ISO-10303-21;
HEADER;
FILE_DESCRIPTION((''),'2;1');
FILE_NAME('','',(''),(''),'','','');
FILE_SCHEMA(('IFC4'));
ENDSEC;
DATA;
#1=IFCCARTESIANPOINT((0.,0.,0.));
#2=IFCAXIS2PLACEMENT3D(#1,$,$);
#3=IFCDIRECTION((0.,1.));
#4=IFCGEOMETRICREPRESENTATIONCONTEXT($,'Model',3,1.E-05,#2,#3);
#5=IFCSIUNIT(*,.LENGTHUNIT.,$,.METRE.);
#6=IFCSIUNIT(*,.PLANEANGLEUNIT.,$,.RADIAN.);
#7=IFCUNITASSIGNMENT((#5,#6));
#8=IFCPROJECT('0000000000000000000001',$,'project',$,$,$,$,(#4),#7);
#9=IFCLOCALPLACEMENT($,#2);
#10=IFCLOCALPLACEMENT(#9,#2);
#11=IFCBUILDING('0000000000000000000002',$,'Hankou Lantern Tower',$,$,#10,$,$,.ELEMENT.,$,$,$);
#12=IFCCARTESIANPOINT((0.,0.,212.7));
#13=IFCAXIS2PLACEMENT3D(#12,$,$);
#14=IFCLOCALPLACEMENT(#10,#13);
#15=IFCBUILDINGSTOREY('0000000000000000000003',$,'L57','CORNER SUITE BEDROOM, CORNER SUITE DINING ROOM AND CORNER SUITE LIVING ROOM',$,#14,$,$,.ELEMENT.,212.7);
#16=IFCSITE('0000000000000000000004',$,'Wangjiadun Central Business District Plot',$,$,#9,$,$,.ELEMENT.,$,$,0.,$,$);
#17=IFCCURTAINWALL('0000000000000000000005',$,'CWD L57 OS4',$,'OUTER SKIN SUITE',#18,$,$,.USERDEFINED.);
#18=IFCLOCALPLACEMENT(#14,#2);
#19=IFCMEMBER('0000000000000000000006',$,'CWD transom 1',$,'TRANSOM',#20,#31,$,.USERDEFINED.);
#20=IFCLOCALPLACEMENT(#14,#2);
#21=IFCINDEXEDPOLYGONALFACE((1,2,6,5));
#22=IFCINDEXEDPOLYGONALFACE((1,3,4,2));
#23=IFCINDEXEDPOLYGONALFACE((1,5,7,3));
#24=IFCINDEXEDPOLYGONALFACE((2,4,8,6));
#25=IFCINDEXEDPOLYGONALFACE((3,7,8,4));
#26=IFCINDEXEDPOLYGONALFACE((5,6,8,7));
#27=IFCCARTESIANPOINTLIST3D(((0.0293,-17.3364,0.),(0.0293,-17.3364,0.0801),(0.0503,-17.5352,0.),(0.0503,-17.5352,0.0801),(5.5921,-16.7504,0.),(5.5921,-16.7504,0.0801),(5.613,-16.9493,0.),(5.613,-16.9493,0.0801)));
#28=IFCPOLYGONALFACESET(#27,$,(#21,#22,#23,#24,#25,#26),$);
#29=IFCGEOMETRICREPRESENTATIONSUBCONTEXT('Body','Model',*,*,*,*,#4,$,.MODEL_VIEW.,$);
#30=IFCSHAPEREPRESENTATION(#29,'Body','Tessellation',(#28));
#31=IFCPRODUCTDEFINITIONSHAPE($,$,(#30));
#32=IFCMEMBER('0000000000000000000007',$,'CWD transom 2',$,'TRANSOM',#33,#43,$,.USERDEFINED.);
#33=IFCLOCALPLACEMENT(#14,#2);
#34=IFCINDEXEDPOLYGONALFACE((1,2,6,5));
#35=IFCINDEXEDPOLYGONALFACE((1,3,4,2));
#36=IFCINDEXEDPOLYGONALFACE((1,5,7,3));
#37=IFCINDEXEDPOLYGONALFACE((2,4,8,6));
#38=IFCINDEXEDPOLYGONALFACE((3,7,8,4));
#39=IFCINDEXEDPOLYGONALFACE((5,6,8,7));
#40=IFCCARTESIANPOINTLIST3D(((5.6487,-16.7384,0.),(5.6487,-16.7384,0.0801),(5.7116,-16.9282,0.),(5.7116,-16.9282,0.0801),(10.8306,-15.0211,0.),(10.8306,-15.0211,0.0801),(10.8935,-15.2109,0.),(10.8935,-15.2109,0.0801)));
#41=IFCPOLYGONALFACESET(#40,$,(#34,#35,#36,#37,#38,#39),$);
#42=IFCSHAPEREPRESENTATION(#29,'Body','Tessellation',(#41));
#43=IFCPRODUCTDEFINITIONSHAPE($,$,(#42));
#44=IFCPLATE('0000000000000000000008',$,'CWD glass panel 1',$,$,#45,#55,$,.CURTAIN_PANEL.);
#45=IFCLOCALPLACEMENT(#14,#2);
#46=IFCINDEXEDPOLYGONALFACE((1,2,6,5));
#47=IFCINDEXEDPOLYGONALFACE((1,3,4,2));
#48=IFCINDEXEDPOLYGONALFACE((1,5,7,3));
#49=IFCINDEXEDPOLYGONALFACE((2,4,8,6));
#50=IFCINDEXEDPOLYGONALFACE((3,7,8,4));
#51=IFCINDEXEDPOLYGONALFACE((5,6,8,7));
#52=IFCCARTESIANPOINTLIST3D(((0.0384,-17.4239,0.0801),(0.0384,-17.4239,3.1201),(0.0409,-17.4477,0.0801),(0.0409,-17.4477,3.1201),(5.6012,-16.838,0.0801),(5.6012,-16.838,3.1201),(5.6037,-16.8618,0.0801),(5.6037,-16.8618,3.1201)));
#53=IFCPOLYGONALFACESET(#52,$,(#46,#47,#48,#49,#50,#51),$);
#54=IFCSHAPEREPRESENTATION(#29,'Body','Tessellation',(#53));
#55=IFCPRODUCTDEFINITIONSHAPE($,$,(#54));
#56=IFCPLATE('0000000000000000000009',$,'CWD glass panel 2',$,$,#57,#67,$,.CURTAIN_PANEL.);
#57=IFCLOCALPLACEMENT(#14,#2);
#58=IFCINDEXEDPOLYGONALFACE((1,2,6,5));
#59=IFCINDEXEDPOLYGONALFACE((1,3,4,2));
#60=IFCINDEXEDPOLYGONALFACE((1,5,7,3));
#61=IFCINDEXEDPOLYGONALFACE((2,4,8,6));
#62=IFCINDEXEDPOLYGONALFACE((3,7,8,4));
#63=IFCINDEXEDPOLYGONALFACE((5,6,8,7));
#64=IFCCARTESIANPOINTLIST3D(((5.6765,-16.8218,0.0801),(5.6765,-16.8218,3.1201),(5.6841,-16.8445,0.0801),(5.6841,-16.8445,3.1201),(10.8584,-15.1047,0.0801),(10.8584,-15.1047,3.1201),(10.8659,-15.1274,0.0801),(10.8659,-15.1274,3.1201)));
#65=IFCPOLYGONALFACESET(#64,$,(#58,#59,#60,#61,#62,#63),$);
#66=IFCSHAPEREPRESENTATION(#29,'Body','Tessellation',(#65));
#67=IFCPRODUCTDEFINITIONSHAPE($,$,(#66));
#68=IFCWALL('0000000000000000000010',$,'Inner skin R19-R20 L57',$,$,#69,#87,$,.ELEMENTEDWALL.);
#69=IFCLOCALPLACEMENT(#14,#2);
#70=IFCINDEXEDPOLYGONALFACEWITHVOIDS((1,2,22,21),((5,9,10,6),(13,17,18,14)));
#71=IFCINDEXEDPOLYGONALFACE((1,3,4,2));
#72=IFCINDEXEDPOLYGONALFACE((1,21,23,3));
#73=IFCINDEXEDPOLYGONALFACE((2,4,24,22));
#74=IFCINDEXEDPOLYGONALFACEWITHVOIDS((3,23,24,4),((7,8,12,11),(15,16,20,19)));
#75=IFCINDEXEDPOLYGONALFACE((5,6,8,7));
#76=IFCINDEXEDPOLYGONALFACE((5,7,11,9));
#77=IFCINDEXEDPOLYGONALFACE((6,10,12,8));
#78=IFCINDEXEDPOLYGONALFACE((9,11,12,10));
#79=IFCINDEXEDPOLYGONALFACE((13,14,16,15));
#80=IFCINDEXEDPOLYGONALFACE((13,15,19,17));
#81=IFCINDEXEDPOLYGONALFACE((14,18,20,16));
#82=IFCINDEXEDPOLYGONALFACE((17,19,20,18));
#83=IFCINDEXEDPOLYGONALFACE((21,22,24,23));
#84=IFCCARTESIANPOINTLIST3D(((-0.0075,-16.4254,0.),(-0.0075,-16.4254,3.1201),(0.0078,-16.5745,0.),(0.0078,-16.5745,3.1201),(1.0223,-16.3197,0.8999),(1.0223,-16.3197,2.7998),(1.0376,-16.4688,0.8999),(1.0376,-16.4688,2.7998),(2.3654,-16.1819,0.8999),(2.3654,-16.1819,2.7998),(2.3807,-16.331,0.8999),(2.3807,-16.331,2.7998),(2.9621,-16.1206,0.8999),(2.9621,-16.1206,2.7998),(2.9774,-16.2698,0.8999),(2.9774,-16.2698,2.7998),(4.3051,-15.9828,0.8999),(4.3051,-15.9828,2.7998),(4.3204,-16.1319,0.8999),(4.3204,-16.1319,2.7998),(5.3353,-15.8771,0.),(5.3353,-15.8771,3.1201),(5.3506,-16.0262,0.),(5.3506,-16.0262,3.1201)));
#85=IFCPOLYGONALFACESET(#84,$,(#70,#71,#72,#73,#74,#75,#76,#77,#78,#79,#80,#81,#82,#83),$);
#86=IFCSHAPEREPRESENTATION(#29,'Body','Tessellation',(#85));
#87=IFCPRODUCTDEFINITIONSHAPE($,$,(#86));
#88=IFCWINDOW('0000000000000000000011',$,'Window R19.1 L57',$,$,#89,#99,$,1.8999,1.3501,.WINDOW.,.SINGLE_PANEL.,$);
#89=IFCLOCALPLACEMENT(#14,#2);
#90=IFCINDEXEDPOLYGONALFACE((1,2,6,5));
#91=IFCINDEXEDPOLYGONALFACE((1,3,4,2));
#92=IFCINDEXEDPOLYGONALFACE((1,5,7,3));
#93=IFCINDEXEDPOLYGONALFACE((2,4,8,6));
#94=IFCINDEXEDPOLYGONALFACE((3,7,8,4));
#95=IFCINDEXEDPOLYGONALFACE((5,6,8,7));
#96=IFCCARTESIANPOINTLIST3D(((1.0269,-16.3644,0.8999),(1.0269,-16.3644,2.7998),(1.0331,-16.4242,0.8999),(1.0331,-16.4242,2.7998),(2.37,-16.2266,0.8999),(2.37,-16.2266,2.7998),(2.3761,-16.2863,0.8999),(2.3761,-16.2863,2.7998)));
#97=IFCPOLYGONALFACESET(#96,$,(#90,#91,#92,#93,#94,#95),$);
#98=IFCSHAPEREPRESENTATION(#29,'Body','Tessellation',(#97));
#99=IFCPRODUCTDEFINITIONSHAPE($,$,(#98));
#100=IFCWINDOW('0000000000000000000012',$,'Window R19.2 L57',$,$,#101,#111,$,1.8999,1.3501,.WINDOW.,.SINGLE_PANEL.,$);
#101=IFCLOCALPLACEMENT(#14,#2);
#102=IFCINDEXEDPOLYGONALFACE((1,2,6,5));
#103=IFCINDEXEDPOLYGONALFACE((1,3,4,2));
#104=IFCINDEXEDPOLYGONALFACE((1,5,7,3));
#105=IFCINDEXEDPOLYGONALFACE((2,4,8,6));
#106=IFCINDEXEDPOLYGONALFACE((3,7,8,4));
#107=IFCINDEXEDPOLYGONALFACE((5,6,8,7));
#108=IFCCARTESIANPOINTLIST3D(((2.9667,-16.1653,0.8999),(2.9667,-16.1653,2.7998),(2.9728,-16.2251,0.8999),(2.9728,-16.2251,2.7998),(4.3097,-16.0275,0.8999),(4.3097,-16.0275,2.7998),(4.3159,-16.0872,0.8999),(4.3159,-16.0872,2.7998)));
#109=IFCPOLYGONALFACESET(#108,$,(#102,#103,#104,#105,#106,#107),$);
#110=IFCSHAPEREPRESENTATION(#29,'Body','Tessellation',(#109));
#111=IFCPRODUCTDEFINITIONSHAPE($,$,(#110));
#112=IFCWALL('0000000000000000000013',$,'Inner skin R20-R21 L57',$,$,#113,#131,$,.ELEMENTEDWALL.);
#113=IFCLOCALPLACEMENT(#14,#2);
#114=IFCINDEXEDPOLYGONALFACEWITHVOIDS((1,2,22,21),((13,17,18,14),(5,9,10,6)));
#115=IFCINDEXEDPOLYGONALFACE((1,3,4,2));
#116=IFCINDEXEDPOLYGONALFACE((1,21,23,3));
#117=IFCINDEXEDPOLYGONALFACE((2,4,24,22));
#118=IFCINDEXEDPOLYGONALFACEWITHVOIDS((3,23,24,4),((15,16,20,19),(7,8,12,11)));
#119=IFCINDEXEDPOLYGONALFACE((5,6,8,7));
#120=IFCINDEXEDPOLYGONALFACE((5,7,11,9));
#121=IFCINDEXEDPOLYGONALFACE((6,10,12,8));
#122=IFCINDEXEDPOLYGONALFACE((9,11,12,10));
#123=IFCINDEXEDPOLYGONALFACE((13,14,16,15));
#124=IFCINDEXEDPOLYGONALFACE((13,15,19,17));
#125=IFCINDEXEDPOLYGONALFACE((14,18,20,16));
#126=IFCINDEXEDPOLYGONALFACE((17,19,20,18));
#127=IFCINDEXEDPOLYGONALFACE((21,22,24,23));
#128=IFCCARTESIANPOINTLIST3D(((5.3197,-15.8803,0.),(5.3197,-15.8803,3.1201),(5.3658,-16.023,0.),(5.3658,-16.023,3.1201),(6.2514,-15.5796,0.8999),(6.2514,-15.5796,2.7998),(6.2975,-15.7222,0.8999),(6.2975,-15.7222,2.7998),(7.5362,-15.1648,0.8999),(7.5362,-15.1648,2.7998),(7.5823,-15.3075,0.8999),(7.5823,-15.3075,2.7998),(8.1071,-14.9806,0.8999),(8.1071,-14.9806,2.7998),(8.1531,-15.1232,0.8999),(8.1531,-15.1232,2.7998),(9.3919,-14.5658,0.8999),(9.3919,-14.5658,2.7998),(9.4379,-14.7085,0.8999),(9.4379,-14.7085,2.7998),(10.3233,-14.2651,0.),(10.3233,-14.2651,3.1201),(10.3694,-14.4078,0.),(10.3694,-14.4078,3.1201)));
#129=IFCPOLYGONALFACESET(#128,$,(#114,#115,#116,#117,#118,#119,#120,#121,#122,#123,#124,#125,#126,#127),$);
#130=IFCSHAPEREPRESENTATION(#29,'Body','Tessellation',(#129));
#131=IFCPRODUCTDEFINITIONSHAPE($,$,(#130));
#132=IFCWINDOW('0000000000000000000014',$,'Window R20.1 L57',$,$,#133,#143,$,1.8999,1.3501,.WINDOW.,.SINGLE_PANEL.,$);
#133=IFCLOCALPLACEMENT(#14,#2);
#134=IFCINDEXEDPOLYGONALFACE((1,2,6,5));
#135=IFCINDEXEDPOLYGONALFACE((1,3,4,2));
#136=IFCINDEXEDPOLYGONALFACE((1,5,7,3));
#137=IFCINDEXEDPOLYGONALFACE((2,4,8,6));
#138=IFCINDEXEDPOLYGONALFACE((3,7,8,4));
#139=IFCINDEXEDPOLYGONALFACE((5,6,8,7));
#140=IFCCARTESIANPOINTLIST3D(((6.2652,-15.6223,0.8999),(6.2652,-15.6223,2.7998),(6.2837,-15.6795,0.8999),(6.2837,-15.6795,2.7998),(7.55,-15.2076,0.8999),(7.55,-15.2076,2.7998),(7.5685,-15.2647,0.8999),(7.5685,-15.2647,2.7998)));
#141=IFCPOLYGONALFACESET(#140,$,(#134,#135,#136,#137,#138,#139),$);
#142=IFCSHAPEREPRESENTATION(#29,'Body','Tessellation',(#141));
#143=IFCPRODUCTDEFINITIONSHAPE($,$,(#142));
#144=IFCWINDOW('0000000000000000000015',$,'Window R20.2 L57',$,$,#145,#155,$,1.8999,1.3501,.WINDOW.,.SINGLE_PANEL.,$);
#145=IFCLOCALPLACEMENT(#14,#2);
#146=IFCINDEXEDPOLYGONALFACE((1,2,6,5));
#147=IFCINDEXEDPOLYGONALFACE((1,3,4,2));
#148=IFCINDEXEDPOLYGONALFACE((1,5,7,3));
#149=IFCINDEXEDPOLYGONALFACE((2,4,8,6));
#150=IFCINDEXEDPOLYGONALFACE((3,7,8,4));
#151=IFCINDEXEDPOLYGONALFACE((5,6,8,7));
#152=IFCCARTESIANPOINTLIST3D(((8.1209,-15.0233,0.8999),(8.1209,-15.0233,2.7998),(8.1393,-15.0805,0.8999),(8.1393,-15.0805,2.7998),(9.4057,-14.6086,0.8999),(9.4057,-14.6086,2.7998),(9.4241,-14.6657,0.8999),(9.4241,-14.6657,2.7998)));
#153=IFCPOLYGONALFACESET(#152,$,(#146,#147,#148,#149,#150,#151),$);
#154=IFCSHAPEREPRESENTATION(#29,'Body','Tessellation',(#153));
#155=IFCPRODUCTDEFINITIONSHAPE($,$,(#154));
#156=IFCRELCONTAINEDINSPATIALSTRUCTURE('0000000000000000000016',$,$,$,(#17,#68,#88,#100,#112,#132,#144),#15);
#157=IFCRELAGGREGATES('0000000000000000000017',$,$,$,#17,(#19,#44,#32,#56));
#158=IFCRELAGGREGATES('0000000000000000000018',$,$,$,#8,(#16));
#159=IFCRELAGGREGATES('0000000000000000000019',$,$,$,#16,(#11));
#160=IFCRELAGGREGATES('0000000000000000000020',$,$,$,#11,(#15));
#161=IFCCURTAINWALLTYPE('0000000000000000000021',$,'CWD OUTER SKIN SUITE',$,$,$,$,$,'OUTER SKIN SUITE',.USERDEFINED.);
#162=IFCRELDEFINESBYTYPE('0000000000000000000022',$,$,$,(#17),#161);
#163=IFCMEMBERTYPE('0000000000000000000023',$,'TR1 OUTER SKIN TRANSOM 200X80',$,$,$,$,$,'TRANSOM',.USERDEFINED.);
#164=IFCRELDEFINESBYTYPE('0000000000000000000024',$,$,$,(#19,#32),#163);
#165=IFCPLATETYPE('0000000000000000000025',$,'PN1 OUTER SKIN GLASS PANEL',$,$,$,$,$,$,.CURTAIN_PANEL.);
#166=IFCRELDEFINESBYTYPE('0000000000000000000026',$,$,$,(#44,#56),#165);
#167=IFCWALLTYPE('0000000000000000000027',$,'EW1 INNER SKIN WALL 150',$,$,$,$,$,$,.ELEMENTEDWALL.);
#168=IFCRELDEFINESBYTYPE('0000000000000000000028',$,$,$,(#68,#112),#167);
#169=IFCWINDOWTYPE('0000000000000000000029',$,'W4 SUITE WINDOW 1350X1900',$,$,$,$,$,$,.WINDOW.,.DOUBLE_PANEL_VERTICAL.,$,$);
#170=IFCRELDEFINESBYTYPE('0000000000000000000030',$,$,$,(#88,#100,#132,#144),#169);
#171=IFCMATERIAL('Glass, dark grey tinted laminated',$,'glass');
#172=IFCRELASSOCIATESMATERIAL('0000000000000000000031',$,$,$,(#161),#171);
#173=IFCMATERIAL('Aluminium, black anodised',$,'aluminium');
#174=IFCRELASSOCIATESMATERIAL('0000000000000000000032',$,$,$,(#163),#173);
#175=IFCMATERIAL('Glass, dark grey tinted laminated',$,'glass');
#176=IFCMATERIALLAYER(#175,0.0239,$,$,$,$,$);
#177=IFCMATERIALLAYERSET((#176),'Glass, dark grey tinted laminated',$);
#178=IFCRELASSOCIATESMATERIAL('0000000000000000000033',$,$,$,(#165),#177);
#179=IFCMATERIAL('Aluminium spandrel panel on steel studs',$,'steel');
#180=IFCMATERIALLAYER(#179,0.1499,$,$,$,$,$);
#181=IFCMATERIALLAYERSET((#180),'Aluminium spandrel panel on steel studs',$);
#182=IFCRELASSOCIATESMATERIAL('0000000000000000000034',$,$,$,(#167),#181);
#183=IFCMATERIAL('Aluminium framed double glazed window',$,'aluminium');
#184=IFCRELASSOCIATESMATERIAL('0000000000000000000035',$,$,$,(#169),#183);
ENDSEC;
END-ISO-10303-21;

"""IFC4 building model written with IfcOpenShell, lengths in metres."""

from ifc_helpers import new_model, si_unit, direction, frame, frame_2d, origin, origin_2d, place, context, subcontext, project, spatial, rectangle, extrude, material, layer, layer_set, material_profile, profile_set, type_object, element, fill, aggregate, save


model = new_model("IFC4")

# Units and contexts
model_context = context("Model", 3, precision=1e-05, world=origin(), true_north=direction((0.0, 1.0)))
body_context = subcontext(model_context, "Body", "Model", "MODEL_VIEW")
ifc_project = project(units=[si_unit("LENGTHUNIT", "METRE"), si_unit("PLANEANGLEUNIT", "RADIAN")], contexts=[model_context])

# Site, building, storey
site_placement = place(None, origin())
site = spatial("IfcSite", under=ifc_project, at=site_placement, Name="Wangjiadun Central Business District Plot", CompositionType="ELEMENT", RefElevation=0.0)
building_placement = place(site_placement, origin())
building = spatial("IfcBuilding", under=site, at=building_placement, Name="Hankou Lantern Tower", CompositionType="ELEMENT")
storey_placement = place(building_placement, frame((0.0, 0.0, 212.7)))
storey = spatial("IfcBuildingStorey", under=building, at=storey_placement, Name="L57", Description="CORNER SUITE BEDROOM, CORNER SUITE DINING ROOM AND CORNER SUITE LIVING ROOM", CompositionType="ELEMENT", Elevation=212.7)

# Curtain wall
ifc_material_1 = material(Name="Glass, dark grey tinted laminated", Category="glass")
curtain_wall_type = type_object("IfcCurtainWallType", Name="CWD OUTER SKIN SUITE", ElementType="OUTER SKIN SUITE", PredefinedType="USERDEFINED", material=ifc_material_1)
curtain_wall_placement = place(storey_placement, origin())
curtain_wall = element("IfcCurtainWall", 1, at=curtain_wall_placement, inside=storey, type_object=curtain_wall_type, Name="CWD L57 OS4", ObjectType="OUTER SKIN SUITE", PredefinedType="USERDEFINED")

# Members
ifc_material_2 = material(Name="Aluminium, black anodised", Category="aluminium")
ifc_material_profile_1 = material_profile(ifc_material_2, rectangle(XDim=0.2, YDim=0.0801, at=origin_2d()), Name="TR1 200X80")
ifc_profile_set_1 = profile_set([ifc_material_profile_1], Name="Aluminium, black anodised")
member_type_1 = type_object("IfcMemberType", Name="TR1 OUTER SKIN TRANSOM 200X80", ElementType="TRANSOM", PredefinedType="USERDEFINED", material=ifc_profile_set_1)
member_1_placement = place(storey_placement, frame((0.0398, -17.4358, 0.04), z_axis=(0.994498, 0.104753, 0.0), x_axis=(-0.104753, 0.994498, 0.0)))
member_1 = element("IfcMember", 2, at=member_1_placement, type_object=member_type_1, Name="CWD transom 1", ObjectType="TRANSOM", PredefinedType="USERDEFINED", context=body_context, shape_type="SweptSolid", body=[
    extrude(rectangle(XDim=0.2, YDim=0.0801, at=origin_2d()), origin(), (0.0, 0.0, 1.0), 5.5935),
])
member_2_placement = place(storey_placement, frame((5.6802, -16.8333, 0.04), z_axis=(0.949232, 0.314577, 0.0), x_axis=(-0.314577, 0.949232, 0.0)))
member_2 = element("IfcMember", 3, at=member_2_placement, type_object=member_type_1, Name="CWD transom 2", ObjectType="TRANSOM", PredefinedType="USERDEFINED", context=body_context, shape_type="SweptSolid", body=[
    extrude(rectangle(XDim=0.2, YDim=0.0801, at=origin_2d()), origin(), (0.0, 0.0, 1.0), 5.459),
])

# Plates
ifc_material_3 = material(Name="Glass, dark grey tinted laminated", Category="glass")
ifc_layer_1 = layer(ifc_material_3, 0.0239)
ifc_layer_set_1 = layer_set([ifc_layer_1], Name="Glass, dark grey tinted laminated")
plate_type = type_object("IfcPlateType", Name="PN1 OUTER SKIN GLASS PANEL", PredefinedType="CURTAIN_PANEL", material=ifc_layer_set_1)
plate_1_placement = place(storey_placement, frame((2.821, -17.1428, 0.0801), z_axis=(0.0, 0.0, 1.0), x_axis=(0.994499, 0.104743, 0.0)))
plate_1 = element("IfcPlate", 4, at=plate_1_placement, type_object=plate_type, Name="CWD glass panel 1", PredefinedType="CURTAIN_PANEL", context=body_context, shape_type="SweptSolid", body=[
    extrude(rectangle(XDim=5.5935, YDim=0.0239, at=origin_2d()), origin(), (0.0, 0.0, 1.0), 3.04),
])
plate_2_placement = place(storey_placement, frame((8.2712, -15.9746, 0.0801), z_axis=(0.0, 0.0, 1.0), x_axis=(0.949241, 0.314551, 0.0)))
plate_2 = element("IfcPlate", 5, at=plate_2_placement, type_object=plate_type, Name="CWD glass panel 2", PredefinedType="CURTAIN_PANEL", context=body_context, shape_type="SweptSolid", body=[
    extrude(rectangle(XDim=5.459, YDim=0.0239, at=origin_2d()), origin(), (0.0, 0.0, 1.0), 3.04),
])
aggregate(curtain_wall, [member_1, plate_1, member_2, plate_2])

# Walls, openings, windows
ifc_material_4 = material(Name="Aluminium spandrel panel on steel studs", Category="steel")
ifc_layer_2 = layer(ifc_material_4, 0.1499)
ifc_layer_set_2 = layer_set([ifc_layer_2], Name="Aluminium spandrel panel on steel studs")
wall_type_1 = type_object("IfcWallType", Name="EW1 INNER SKIN WALL 150", PredefinedType="ELEMENTEDWALL", material=ifc_layer_set_2)
wall_1_placement = place(storey_placement, frame((0.0, -16.5, 0.0), z_axis=(0.0, 0.0, 1.0), x_axis=(0.994775, 0.102096, 0.0)))
wall_1 = element("IfcWall", 6, at=wall_1_placement, inside=storey, type_object=wall_type_1, Name="Inner skin R19-R20 L57", PredefinedType="ELEMENTEDWALL", context=body_context, shape_type="SweptSolid", body=[
    extrude(rectangle(XDim=5.3708, YDim=0.1499, at=frame_2d((2.6855, 0.0))), origin(), (0.0, 0.0, 1.0), 3.1201),
])
opening_1_placement = place(wall_1_placement, frame((1.0354, 0.0, 0.8999)))
opening_1 = element("IfcOpeningElement", 7, at=opening_1_placement, cuts=wall_1, PredefinedType="OPENING", context=body_context, shape_type="SweptSolid", body=[
    extrude(rectangle(XDim=1.3501, YDim=1.8999, at=frame_2d((0.675, 0.95))), frame((0.0, 0.085, 0.0), z_axis=(0.0, -1.0, 0.0), x_axis=(1.0, 0.0, 0.0)), (0.0, 0.0, 1.0), 0.1699),
])
opening_2_placement = place(wall_1_placement, frame((2.9854, 0.0, 0.8999)))
opening_2 = element("IfcOpeningElement", 8, at=opening_2_placement, cuts=wall_1, PredefinedType="OPENING", context=body_context, shape_type="SweptSolid", body=[
    extrude(rectangle(XDim=1.3501, YDim=1.8999, at=frame_2d((0.675, 0.95))), frame((0.0, 0.085, 0.0), z_axis=(0.0, -1.0, 0.0), x_axis=(1.0, 0.0, 0.0)), (0.0, 0.0, 1.0), 0.1699),
])
ifc_material_5 = material(Name="Aluminium framed double glazed window", Category="aluminium")
window_type = type_object("IfcWindowType", Name="W4 SUITE WINDOW 1350X1900", PartitioningType="DOUBLE_PANEL_VERTICAL", PredefinedType="WINDOW", material=ifc_material_5)
window_1_placement = place(opening_1_placement, origin())
window_1 = element("IfcWindow", 9, at=window_1_placement, inside=storey, type_object=window_type, Name="Window R19.1 L57", OverallHeight=1.8999, OverallWidth=1.3501, PartitioningType="SINGLE_PANEL", PredefinedType="WINDOW", context=body_context, shape_type="SweptSolid", body=[
    extrude(rectangle(XDim=1.3501, YDim=1.8999, at=frame_2d((0.675, 0.95))), frame((0.0, 0.03, 0.0), z_axis=(0.0, -1.0, 0.0), x_axis=(1.0, 0.0, 0.0)), (0.0, 0.0, 1.0), 0.0601),
])
fill(opening_1, window_1)
window_2_placement = place(opening_2_placement, origin())
window_2 = element("IfcWindow", 10, at=window_2_placement, inside=storey, type_object=window_type, Name="Window R19.2 L57", OverallHeight=1.8999, OverallWidth=1.3501, PartitioningType="SINGLE_PANEL", PredefinedType="WINDOW", context=body_context, shape_type="SweptSolid", body=[
    extrude(rectangle(XDim=1.3501, YDim=1.8999, at=frame_2d((0.675, 0.95))), frame((0.0, 0.03, 0.0), z_axis=(0.0, -1.0, 0.0), x_axis=(1.0, 0.0, 0.0)), (0.0, 0.0, 1.0), 0.0601),
])
fill(opening_2, window_2)
wall_2_placement = place(storey_placement, frame((5.3428, -15.9517, 0.0), z_axis=(0.0, 0.0, 1.0), x_axis=(0.951645, 0.307201, 0.0)))
wall_2 = element("IfcWall", 11, at=wall_2_placement, inside=storey, type_object=wall_type_1, Name="Inner skin R20-R21 L57", PredefinedType="ELEMENTEDWALL", context=body_context, shape_type="SweptSolid", body=[
    extrude(rectangle(XDim=5.2578, YDim=0.1499, at=frame_2d((2.6289, 0.0))), origin(), (0.0, 0.0, 1.0), 3.1201),
])
opening_3_placement = place(wall_2_placement, frame((0.979, 0.0, 0.8999)))
opening_3 = element("IfcOpeningElement", 12, at=opening_3_placement, cuts=wall_2, PredefinedType="OPENING", context=body_context, shape_type="SweptSolid", body=[
    extrude(rectangle(XDim=1.3501, YDim=1.8999, at=frame_2d((0.675, 0.95))), frame((0.0, 0.085, 0.0), z_axis=(0.0, -1.0, 0.0), x_axis=(1.0, 0.0, 0.0)), (0.0, 0.0, 1.0), 0.1699),
])
opening_4_placement = place(wall_2_placement, frame((2.929, 0.0, 0.8999)))
opening_4 = element("IfcOpeningElement", 13, at=opening_4_placement, cuts=wall_2, PredefinedType="OPENING", context=body_context, shape_type="SweptSolid", body=[
    extrude(rectangle(XDim=1.3501, YDim=1.8999, at=frame_2d((0.675, 0.95))), frame((0.0, 0.085, 0.0), z_axis=(0.0, -1.0, 0.0), x_axis=(1.0, 0.0, 0.0)), (0.0, 0.0, 1.0), 0.1699),
])
window_3_placement = place(opening_3_placement, origin())
window_3 = element("IfcWindow", 14, at=window_3_placement, inside=storey, type_object=window_type, Name="Window R20.1 L57", OverallHeight=1.8999, OverallWidth=1.3501, PartitioningType="SINGLE_PANEL", PredefinedType="WINDOW", context=body_context, shape_type="SweptSolid", body=[
    extrude(rectangle(XDim=1.3501, YDim=1.8999, at=frame_2d((0.675, 0.95))), frame((0.0, 0.03, 0.0), z_axis=(0.0, -1.0, 0.0), x_axis=(1.0, 0.0, 0.0)), (0.0, 0.0, 1.0), 0.0601),
])
fill(opening_3, window_3)
window_4_placement = place(opening_4_placement, origin())
window_4 = element("IfcWindow", 15, at=window_4_placement, inside=storey, type_object=window_type, Name="Window R20.2 L57", OverallHeight=1.8999, OverallWidth=1.3501, PartitioningType="SINGLE_PANEL", PredefinedType="WINDOW", context=body_context, shape_type="SweptSolid", body=[
    extrude(rectangle(XDim=1.3501, YDim=1.8999, at=frame_2d((0.675, 0.95))), frame((0.0, 0.03, 0.0), z_axis=(0.0, -1.0, 0.0), x_axis=(1.0, 0.0, 0.0)), (0.0, 0.0, 1.0), 0.0601),
])
fill(opening_4, window_4)

save(model, "model.ifc")
